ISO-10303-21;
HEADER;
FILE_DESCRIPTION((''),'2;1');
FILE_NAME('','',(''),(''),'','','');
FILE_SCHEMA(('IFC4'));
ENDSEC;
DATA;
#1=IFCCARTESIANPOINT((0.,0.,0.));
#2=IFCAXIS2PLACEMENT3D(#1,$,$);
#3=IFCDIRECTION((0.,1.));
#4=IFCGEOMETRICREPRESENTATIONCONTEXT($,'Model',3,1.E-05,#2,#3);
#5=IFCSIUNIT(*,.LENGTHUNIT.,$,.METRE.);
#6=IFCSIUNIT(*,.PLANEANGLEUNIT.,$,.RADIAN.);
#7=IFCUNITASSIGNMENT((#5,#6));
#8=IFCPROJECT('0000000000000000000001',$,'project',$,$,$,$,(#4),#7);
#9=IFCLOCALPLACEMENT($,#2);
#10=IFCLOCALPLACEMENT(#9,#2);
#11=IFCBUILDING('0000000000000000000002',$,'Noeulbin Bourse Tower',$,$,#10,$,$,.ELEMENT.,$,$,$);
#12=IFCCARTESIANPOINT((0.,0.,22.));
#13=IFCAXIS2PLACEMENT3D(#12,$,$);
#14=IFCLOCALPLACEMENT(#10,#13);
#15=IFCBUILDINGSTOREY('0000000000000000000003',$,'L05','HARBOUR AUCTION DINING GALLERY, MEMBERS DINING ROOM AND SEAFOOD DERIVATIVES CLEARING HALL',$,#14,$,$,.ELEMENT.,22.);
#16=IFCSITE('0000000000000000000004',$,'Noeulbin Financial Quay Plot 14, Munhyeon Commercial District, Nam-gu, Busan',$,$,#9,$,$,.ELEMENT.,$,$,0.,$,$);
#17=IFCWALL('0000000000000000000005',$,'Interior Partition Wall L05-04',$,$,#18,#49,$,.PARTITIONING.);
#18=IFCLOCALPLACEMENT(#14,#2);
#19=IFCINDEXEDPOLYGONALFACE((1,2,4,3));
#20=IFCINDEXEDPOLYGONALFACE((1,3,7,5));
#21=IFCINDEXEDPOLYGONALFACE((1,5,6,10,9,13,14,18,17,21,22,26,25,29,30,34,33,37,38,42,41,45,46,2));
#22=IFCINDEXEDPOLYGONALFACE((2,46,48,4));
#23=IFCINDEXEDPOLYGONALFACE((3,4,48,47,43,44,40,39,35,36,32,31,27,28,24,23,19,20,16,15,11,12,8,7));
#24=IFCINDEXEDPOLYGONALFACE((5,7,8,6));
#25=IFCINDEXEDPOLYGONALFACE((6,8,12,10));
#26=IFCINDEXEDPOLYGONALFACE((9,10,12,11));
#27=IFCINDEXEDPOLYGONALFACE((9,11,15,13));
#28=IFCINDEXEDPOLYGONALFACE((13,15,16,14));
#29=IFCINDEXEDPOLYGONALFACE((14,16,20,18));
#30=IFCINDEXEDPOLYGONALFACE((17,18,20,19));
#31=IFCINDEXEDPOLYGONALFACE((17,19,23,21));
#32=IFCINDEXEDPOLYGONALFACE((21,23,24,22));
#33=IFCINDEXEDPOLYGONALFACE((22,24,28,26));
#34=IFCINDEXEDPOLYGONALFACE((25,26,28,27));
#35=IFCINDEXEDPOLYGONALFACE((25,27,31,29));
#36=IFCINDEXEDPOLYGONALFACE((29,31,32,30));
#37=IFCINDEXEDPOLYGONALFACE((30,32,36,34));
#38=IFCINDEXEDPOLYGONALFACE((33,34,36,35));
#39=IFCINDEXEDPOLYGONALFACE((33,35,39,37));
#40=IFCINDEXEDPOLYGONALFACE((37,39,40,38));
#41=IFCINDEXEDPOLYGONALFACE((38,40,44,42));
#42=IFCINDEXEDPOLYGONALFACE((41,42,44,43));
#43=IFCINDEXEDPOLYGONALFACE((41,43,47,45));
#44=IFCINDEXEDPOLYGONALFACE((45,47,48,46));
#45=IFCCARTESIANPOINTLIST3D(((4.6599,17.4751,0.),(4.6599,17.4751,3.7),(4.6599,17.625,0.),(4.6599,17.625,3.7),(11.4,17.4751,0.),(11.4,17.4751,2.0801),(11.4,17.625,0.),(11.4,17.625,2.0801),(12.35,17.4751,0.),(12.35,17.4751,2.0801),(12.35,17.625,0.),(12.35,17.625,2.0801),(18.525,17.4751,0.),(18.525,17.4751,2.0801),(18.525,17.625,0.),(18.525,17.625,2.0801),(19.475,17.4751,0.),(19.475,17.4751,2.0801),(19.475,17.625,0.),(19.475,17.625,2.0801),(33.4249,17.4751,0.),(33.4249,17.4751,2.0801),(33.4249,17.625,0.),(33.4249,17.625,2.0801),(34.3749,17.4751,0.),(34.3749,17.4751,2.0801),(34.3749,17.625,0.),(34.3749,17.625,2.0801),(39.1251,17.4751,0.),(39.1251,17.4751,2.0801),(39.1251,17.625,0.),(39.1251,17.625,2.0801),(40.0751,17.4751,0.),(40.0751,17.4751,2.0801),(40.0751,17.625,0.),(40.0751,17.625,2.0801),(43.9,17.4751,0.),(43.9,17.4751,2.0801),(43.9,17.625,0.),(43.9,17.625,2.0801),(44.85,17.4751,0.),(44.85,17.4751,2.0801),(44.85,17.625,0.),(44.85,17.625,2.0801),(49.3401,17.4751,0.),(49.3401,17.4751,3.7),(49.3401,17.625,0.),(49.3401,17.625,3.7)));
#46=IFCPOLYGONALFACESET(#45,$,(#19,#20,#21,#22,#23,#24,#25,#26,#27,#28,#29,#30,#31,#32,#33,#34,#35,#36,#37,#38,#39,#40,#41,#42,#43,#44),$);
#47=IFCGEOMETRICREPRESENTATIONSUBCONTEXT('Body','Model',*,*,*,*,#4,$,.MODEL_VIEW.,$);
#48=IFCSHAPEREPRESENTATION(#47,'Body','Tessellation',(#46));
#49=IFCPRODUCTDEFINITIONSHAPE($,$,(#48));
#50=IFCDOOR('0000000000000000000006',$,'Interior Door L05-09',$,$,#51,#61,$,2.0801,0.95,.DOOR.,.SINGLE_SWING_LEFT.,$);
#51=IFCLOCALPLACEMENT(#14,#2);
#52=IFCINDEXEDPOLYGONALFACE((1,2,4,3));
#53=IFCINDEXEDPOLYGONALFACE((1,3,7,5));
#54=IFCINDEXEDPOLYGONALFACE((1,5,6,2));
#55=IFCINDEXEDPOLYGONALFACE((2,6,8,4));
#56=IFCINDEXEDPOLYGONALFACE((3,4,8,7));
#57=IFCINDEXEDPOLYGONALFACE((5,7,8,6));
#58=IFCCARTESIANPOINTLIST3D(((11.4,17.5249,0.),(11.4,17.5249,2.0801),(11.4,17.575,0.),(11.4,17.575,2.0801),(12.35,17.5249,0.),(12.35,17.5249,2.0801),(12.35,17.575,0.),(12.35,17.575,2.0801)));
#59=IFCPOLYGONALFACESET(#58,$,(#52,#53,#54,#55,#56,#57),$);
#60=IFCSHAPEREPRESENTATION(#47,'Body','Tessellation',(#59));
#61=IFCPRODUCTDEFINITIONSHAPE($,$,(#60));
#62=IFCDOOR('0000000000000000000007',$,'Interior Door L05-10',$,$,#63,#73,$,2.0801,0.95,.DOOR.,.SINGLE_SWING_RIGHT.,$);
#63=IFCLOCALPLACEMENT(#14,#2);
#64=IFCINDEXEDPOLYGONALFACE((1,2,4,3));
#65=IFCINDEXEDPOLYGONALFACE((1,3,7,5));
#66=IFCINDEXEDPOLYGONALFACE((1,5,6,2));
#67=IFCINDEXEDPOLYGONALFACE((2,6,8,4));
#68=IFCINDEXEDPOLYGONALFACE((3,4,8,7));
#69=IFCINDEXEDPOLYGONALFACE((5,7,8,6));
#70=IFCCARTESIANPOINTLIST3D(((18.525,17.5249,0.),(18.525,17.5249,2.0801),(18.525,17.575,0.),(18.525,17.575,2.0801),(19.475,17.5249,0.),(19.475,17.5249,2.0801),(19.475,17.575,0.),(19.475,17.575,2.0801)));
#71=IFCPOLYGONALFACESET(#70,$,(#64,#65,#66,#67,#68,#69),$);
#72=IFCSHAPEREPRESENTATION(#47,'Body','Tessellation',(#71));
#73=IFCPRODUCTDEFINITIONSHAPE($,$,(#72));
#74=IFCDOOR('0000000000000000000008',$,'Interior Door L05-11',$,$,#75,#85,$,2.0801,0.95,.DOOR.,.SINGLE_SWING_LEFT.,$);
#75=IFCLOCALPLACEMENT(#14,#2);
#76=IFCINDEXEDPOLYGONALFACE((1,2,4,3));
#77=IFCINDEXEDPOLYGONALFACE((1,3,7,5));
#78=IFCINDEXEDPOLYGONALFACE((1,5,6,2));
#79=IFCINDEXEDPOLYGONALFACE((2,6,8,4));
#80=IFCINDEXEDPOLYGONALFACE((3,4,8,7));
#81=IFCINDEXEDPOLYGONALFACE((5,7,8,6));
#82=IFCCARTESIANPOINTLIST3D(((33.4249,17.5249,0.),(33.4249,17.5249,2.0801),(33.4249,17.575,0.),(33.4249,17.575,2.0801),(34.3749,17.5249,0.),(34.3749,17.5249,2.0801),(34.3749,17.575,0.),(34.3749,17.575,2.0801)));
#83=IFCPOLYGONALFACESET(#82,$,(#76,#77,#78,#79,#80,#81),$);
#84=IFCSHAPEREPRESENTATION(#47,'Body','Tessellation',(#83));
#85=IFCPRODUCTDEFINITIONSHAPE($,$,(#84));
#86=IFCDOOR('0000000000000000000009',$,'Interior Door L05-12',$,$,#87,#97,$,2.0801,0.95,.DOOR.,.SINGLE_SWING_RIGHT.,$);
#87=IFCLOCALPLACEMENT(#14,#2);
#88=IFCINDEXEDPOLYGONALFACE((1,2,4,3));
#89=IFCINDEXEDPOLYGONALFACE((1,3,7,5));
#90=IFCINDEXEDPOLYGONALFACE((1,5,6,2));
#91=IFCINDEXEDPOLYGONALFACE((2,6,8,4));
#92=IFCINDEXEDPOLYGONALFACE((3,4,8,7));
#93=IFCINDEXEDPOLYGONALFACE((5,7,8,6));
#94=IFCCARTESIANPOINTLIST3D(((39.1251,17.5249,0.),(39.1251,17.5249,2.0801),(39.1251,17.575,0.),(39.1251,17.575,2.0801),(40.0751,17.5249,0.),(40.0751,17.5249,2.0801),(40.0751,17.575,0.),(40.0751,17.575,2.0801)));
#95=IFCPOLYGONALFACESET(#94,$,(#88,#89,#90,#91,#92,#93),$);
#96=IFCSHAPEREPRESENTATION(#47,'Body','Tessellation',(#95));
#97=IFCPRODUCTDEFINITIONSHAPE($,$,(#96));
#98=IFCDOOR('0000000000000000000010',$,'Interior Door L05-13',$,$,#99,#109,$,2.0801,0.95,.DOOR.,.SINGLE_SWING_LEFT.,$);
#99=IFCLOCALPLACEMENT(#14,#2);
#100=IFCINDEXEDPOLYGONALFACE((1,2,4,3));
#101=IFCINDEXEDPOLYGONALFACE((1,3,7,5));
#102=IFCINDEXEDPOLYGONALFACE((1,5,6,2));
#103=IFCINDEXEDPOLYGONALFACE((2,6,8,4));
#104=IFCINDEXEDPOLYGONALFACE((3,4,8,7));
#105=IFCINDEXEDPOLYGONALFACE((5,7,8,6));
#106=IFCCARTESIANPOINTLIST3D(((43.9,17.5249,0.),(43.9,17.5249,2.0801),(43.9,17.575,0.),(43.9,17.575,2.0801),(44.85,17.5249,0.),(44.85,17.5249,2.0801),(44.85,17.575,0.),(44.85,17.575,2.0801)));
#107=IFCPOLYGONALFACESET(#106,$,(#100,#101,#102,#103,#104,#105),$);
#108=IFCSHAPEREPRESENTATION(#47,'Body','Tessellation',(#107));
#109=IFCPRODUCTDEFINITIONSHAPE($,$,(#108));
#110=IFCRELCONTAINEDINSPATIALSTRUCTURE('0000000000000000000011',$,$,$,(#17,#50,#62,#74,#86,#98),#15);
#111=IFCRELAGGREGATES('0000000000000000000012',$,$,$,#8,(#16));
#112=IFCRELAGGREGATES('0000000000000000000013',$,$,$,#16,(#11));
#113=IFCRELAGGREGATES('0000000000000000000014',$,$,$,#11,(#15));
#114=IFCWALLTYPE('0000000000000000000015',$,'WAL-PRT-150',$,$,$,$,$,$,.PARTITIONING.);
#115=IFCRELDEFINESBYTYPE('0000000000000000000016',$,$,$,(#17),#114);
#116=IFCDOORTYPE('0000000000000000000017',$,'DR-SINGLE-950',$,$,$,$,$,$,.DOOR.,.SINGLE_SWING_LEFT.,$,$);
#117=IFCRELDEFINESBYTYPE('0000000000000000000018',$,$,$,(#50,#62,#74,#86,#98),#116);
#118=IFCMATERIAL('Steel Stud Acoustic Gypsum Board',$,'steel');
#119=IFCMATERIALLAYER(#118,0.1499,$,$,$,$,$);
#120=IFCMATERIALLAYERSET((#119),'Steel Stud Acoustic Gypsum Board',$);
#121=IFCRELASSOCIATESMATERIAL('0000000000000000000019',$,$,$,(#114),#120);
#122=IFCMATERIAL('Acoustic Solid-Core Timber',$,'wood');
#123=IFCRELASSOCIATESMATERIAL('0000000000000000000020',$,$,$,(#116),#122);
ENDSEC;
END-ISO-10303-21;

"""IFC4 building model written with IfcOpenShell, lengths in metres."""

from ifc_helpers import new_model, si_unit, direction, frame, frame_2d, origin, place, context, subcontext, project, spatial, rectangle, extrude, material, layer, layer_set, type_object, element, fill, save


model = new_model("IFC4")

# Units and contexts
model_context = context("Model", 3, precision=1e-05, world=origin(), true_north=direction((0.0, 1.0)))
body_context = subcontext(model_context, "Body", "Model", "MODEL_VIEW")
ifc_project = project(units=[si_unit("LENGTHUNIT", "METRE"), si_unit("PLANEANGLEUNIT", "RADIAN")], contexts=[model_context])

# Site, building, storey
site_placement = place(None, origin())
site = spatial("IfcSite", under=ifc_project, at=site_placement, Name="Noeulbin Financial Quay Plot 14, Munhyeon Commercial District, Nam-gu, Busan", CompositionType="ELEMENT", RefElevation=0.0)
building_placement = place(site_placement, origin())
building = spatial("IfcBuilding", under=site, at=building_placement, Name="Noeulbin Bourse Tower", CompositionType="ELEMENT")
storey_placement = place(building_placement, frame((0.0, 0.0, 22.0)))
storey = spatial("IfcBuildingStorey", under=building, at=storey_placement, Name="L05", Description="HARBOUR AUCTION DINING GALLERY, MEMBERS DINING ROOM AND SEAFOOD DERIVATIVES CLEARING HALL", CompositionType="ELEMENT", Elevation=22.0)

# Wall, openings, doors
ifc_material_1 = material(Name="Steel Stud Acoustic Gypsum Board", Category="steel")
ifc_layer_1 = layer(ifc_material_1, 0.1499)
ifc_layer_set_1 = layer_set([ifc_layer_1], Name="Steel Stud Acoustic Gypsum Board")
wall_type_1 = type_object("IfcWallType", Name="WAL-PRT-150", PredefinedType="PARTITIONING", material=ifc_layer_set_1)
wall_1_placement = place(storey_placement, frame((4.6599, 17.55, 0.0), z_axis=(0.0, 0.0, 1.0), x_axis=(1.0, 0.0, 0.0)))
wall_1 = element("IfcWall", 1, at=wall_1_placement, inside=storey, type_object=wall_type_1, Name="Interior Partition Wall L05-04", PredefinedType="PARTITIONING", context=body_context, shape_type="SweptSolid", body=[
    extrude(rectangle(XDim=44.6802, YDim=0.1499, at=frame_2d((22.3401, 0.0))), origin(), (0.0, 0.0, 1.0), 3.7),
])
opening_1_placement = place(wall_1_placement, frame((6.74, 0.0, 0.0)))
opening_1 = element("IfcOpeningElement", 2, at=opening_1_placement, cuts=wall_1, PredefinedType="OPENING", context=body_context, shape_type="SweptSolid", body=[
    extrude(rectangle(XDim=0.95, YDim=2.0801, at=frame_2d((0.4751, 1.04))), frame((0.0, 0.085, 0.0), z_axis=(0.0, -1.0, 0.0), x_axis=(1.0, 0.0, 0.0)), (0.0, 0.0, 1.0), 0.1699),
])
opening_2_placement = place(wall_1_placement, frame((13.865, 0.0, 0.0)))
opening_2 = element("IfcOpeningElement", 3, at=opening_2_placement, cuts=wall_1, PredefinedType="OPENING", context=body_context, shape_type="SweptSolid", body=[
    extrude(rectangle(XDim=0.95, YDim=2.0801, at=frame_2d((0.4751, 1.04))), frame((0.0, 0.085, 0.0), z_axis=(0.0, -1.0, 0.0), x_axis=(1.0, 0.0, 0.0)), (0.0, 0.0, 1.0), 0.1699),
])
opening_3_placement = place(wall_1_placement, frame((28.7649, 0.0, 0.0)))
opening_3 = element("IfcOpeningElement", 4, at=opening_3_placement, cuts=wall_1, PredefinedType="OPENING", context=body_context, shape_type="SweptSolid", body=[
    extrude(rectangle(XDim=0.95, YDim=2.0801, at=frame_2d((0.4751, 1.04))), frame((0.0, 0.085, 0.0), z_axis=(0.0, -1.0, 0.0), x_axis=(1.0, 0.0, 0.0)), (0.0, 0.0, 1.0), 0.1699),
])
opening_4_placement = place(wall_1_placement, frame((34.4651, 0.0, 0.0)))
opening_4 = element("IfcOpeningElement", 5, at=opening_4_placement, cuts=wall_1, PredefinedType="OPENING", context=body_context, shape_type="SweptSolid", body=[
    extrude(rectangle(XDim=0.95, YDim=2.0801, at=frame_2d((0.4751, 1.04))), frame((0.0, 0.085, 0.0), z_axis=(0.0, -1.0, 0.0), x_axis=(1.0, 0.0, 0.0)), (0.0, 0.0, 1.0), 0.1699),
])
opening_5_placement = place(wall_1_placement, frame((39.24, 0.0, 0.0)))
opening_5 = element("IfcOpeningElement", 6, at=opening_5_placement, cuts=wall_1, PredefinedType="OPENING", context=body_context, shape_type="SweptSolid", body=[
    extrude(rectangle(XDim=0.95, YDim=2.0801, at=frame_2d((0.4751, 1.04))), frame((0.0, 0.085, 0.0), z_axis=(0.0, -1.0, 0.0), x_axis=(1.0, 0.0, 0.0)), (0.0, 0.0, 1.0), 0.1699),
])
ifc_material_2 = material(Name="Acoustic Solid-Core Timber", Category="wood")
door_type = type_object("IfcDoorType", Name="DR-SINGLE-950", OperationType="SINGLE_SWING_LEFT", PredefinedType="DOOR", material=ifc_material_2)
door_1_placement = place(opening_1_placement, origin())
door_1 = element("IfcDoor", 7, at=door_1_placement, inside=storey, type_object=door_type, Name="Interior Door L05-09", OperationType="SINGLE_SWING_LEFT", OverallHeight=2.0801, OverallWidth=0.95, PredefinedType="DOOR", context=body_context, shape_type="SweptSolid", body=[
    extrude(rectangle(XDim=0.95, YDim=2.0801, at=frame_2d((0.4751, 1.04))), frame((0.0, 0.0249, 0.0), z_axis=(0.0, -1.0, 0.0), x_axis=(1.0, 0.0, 0.0)), (0.0, 0.0, 1.0), 0.05),
])
fill(opening_1, door_1)
door_2_placement = place(opening_2_placement, origin())
door_2 = element("IfcDoor", 8, at=door_2_placement, inside=storey, type_object=door_type, Name="Interior Door L05-10", OperationType="SINGLE_SWING_RIGHT", OverallHeight=2.0801, OverallWidth=0.95, PredefinedType="DOOR", context=body_context, shape_type="SweptSolid", body=[
    extrude(rectangle(XDim=0.95, YDim=2.0801, at=frame_2d((0.4751, 1.04))), frame((0.0, 0.0249, 0.0), z_axis=(0.0, -1.0, 0.0), x_axis=(1.0, 0.0, 0.0)), (0.0, 0.0, 1.0), 0.05),
])
fill(opening_2, door_2)
door_3_placement = place(opening_3_placement, origin())
door_3 = element("IfcDoor", 9, at=door_3_placement, inside=storey, type_object=door_type, Name="Interior Door L05-11", OperationType="SINGLE_SWING_LEFT", OverallHeight=2.0801, OverallWidth=0.95, PredefinedType="DOOR", context=body_context, shape_type="SweptSolid", body=[
    extrude(rectangle(XDim=0.95, YDim=2.0801, at=frame_2d((0.4751, 1.04))), frame((0.0, 0.0249, 0.0), z_axis=(0.0, -1.0, 0.0), x_axis=(1.0, 0.0, 0.0)), (0.0, 0.0, 1.0), 0.05),
])
fill(opening_3, door_3)
door_4_placement = place(opening_4_placement, origin())
door_4 = element("IfcDoor", 10, at=door_4_placement, inside=storey, type_object=door_type, Name="Interior Door L05-12", OperationType="SINGLE_SWING_RIGHT", OverallHeight=2.0801, OverallWidth=0.95, PredefinedType="DOOR", context=body_context, shape_type="SweptSolid", body=[
    extrude(rectangle(XDim=0.95, YDim=2.0801, at=frame_2d((0.4751, 1.04))), frame((0.0, 0.0249, 0.0), z_axis=(0.0, -1.0, 0.0), x_axis=(1.0, 0.0, 0.0)), (0.0, 0.0, 1.0), 0.05),
])
fill(opening_4, door_4)
door_5_placement = place(opening_5_placement, origin())
door_5 = element("IfcDoor", 11, at=door_5_placement, inside=storey, type_object=door_type, Name="Interior Door L05-13", OperationType="SINGLE_SWING_LEFT", OverallHeight=2.0801, OverallWidth=0.95, PredefinedType="DOOR", context=body_context, shape_type="SweptSolid", body=[
    extrude(rectangle(XDim=0.95, YDim=2.0801, at=frame_2d((0.4751, 1.04))), frame((0.0, 0.0249, 0.0), z_axis=(0.0, -1.0, 0.0), x_axis=(1.0, 0.0, 0.0)), (0.0, 0.0, 1.0), 0.05),
])
fill(opening_5, door_5)

save(model, "model.ifc")
